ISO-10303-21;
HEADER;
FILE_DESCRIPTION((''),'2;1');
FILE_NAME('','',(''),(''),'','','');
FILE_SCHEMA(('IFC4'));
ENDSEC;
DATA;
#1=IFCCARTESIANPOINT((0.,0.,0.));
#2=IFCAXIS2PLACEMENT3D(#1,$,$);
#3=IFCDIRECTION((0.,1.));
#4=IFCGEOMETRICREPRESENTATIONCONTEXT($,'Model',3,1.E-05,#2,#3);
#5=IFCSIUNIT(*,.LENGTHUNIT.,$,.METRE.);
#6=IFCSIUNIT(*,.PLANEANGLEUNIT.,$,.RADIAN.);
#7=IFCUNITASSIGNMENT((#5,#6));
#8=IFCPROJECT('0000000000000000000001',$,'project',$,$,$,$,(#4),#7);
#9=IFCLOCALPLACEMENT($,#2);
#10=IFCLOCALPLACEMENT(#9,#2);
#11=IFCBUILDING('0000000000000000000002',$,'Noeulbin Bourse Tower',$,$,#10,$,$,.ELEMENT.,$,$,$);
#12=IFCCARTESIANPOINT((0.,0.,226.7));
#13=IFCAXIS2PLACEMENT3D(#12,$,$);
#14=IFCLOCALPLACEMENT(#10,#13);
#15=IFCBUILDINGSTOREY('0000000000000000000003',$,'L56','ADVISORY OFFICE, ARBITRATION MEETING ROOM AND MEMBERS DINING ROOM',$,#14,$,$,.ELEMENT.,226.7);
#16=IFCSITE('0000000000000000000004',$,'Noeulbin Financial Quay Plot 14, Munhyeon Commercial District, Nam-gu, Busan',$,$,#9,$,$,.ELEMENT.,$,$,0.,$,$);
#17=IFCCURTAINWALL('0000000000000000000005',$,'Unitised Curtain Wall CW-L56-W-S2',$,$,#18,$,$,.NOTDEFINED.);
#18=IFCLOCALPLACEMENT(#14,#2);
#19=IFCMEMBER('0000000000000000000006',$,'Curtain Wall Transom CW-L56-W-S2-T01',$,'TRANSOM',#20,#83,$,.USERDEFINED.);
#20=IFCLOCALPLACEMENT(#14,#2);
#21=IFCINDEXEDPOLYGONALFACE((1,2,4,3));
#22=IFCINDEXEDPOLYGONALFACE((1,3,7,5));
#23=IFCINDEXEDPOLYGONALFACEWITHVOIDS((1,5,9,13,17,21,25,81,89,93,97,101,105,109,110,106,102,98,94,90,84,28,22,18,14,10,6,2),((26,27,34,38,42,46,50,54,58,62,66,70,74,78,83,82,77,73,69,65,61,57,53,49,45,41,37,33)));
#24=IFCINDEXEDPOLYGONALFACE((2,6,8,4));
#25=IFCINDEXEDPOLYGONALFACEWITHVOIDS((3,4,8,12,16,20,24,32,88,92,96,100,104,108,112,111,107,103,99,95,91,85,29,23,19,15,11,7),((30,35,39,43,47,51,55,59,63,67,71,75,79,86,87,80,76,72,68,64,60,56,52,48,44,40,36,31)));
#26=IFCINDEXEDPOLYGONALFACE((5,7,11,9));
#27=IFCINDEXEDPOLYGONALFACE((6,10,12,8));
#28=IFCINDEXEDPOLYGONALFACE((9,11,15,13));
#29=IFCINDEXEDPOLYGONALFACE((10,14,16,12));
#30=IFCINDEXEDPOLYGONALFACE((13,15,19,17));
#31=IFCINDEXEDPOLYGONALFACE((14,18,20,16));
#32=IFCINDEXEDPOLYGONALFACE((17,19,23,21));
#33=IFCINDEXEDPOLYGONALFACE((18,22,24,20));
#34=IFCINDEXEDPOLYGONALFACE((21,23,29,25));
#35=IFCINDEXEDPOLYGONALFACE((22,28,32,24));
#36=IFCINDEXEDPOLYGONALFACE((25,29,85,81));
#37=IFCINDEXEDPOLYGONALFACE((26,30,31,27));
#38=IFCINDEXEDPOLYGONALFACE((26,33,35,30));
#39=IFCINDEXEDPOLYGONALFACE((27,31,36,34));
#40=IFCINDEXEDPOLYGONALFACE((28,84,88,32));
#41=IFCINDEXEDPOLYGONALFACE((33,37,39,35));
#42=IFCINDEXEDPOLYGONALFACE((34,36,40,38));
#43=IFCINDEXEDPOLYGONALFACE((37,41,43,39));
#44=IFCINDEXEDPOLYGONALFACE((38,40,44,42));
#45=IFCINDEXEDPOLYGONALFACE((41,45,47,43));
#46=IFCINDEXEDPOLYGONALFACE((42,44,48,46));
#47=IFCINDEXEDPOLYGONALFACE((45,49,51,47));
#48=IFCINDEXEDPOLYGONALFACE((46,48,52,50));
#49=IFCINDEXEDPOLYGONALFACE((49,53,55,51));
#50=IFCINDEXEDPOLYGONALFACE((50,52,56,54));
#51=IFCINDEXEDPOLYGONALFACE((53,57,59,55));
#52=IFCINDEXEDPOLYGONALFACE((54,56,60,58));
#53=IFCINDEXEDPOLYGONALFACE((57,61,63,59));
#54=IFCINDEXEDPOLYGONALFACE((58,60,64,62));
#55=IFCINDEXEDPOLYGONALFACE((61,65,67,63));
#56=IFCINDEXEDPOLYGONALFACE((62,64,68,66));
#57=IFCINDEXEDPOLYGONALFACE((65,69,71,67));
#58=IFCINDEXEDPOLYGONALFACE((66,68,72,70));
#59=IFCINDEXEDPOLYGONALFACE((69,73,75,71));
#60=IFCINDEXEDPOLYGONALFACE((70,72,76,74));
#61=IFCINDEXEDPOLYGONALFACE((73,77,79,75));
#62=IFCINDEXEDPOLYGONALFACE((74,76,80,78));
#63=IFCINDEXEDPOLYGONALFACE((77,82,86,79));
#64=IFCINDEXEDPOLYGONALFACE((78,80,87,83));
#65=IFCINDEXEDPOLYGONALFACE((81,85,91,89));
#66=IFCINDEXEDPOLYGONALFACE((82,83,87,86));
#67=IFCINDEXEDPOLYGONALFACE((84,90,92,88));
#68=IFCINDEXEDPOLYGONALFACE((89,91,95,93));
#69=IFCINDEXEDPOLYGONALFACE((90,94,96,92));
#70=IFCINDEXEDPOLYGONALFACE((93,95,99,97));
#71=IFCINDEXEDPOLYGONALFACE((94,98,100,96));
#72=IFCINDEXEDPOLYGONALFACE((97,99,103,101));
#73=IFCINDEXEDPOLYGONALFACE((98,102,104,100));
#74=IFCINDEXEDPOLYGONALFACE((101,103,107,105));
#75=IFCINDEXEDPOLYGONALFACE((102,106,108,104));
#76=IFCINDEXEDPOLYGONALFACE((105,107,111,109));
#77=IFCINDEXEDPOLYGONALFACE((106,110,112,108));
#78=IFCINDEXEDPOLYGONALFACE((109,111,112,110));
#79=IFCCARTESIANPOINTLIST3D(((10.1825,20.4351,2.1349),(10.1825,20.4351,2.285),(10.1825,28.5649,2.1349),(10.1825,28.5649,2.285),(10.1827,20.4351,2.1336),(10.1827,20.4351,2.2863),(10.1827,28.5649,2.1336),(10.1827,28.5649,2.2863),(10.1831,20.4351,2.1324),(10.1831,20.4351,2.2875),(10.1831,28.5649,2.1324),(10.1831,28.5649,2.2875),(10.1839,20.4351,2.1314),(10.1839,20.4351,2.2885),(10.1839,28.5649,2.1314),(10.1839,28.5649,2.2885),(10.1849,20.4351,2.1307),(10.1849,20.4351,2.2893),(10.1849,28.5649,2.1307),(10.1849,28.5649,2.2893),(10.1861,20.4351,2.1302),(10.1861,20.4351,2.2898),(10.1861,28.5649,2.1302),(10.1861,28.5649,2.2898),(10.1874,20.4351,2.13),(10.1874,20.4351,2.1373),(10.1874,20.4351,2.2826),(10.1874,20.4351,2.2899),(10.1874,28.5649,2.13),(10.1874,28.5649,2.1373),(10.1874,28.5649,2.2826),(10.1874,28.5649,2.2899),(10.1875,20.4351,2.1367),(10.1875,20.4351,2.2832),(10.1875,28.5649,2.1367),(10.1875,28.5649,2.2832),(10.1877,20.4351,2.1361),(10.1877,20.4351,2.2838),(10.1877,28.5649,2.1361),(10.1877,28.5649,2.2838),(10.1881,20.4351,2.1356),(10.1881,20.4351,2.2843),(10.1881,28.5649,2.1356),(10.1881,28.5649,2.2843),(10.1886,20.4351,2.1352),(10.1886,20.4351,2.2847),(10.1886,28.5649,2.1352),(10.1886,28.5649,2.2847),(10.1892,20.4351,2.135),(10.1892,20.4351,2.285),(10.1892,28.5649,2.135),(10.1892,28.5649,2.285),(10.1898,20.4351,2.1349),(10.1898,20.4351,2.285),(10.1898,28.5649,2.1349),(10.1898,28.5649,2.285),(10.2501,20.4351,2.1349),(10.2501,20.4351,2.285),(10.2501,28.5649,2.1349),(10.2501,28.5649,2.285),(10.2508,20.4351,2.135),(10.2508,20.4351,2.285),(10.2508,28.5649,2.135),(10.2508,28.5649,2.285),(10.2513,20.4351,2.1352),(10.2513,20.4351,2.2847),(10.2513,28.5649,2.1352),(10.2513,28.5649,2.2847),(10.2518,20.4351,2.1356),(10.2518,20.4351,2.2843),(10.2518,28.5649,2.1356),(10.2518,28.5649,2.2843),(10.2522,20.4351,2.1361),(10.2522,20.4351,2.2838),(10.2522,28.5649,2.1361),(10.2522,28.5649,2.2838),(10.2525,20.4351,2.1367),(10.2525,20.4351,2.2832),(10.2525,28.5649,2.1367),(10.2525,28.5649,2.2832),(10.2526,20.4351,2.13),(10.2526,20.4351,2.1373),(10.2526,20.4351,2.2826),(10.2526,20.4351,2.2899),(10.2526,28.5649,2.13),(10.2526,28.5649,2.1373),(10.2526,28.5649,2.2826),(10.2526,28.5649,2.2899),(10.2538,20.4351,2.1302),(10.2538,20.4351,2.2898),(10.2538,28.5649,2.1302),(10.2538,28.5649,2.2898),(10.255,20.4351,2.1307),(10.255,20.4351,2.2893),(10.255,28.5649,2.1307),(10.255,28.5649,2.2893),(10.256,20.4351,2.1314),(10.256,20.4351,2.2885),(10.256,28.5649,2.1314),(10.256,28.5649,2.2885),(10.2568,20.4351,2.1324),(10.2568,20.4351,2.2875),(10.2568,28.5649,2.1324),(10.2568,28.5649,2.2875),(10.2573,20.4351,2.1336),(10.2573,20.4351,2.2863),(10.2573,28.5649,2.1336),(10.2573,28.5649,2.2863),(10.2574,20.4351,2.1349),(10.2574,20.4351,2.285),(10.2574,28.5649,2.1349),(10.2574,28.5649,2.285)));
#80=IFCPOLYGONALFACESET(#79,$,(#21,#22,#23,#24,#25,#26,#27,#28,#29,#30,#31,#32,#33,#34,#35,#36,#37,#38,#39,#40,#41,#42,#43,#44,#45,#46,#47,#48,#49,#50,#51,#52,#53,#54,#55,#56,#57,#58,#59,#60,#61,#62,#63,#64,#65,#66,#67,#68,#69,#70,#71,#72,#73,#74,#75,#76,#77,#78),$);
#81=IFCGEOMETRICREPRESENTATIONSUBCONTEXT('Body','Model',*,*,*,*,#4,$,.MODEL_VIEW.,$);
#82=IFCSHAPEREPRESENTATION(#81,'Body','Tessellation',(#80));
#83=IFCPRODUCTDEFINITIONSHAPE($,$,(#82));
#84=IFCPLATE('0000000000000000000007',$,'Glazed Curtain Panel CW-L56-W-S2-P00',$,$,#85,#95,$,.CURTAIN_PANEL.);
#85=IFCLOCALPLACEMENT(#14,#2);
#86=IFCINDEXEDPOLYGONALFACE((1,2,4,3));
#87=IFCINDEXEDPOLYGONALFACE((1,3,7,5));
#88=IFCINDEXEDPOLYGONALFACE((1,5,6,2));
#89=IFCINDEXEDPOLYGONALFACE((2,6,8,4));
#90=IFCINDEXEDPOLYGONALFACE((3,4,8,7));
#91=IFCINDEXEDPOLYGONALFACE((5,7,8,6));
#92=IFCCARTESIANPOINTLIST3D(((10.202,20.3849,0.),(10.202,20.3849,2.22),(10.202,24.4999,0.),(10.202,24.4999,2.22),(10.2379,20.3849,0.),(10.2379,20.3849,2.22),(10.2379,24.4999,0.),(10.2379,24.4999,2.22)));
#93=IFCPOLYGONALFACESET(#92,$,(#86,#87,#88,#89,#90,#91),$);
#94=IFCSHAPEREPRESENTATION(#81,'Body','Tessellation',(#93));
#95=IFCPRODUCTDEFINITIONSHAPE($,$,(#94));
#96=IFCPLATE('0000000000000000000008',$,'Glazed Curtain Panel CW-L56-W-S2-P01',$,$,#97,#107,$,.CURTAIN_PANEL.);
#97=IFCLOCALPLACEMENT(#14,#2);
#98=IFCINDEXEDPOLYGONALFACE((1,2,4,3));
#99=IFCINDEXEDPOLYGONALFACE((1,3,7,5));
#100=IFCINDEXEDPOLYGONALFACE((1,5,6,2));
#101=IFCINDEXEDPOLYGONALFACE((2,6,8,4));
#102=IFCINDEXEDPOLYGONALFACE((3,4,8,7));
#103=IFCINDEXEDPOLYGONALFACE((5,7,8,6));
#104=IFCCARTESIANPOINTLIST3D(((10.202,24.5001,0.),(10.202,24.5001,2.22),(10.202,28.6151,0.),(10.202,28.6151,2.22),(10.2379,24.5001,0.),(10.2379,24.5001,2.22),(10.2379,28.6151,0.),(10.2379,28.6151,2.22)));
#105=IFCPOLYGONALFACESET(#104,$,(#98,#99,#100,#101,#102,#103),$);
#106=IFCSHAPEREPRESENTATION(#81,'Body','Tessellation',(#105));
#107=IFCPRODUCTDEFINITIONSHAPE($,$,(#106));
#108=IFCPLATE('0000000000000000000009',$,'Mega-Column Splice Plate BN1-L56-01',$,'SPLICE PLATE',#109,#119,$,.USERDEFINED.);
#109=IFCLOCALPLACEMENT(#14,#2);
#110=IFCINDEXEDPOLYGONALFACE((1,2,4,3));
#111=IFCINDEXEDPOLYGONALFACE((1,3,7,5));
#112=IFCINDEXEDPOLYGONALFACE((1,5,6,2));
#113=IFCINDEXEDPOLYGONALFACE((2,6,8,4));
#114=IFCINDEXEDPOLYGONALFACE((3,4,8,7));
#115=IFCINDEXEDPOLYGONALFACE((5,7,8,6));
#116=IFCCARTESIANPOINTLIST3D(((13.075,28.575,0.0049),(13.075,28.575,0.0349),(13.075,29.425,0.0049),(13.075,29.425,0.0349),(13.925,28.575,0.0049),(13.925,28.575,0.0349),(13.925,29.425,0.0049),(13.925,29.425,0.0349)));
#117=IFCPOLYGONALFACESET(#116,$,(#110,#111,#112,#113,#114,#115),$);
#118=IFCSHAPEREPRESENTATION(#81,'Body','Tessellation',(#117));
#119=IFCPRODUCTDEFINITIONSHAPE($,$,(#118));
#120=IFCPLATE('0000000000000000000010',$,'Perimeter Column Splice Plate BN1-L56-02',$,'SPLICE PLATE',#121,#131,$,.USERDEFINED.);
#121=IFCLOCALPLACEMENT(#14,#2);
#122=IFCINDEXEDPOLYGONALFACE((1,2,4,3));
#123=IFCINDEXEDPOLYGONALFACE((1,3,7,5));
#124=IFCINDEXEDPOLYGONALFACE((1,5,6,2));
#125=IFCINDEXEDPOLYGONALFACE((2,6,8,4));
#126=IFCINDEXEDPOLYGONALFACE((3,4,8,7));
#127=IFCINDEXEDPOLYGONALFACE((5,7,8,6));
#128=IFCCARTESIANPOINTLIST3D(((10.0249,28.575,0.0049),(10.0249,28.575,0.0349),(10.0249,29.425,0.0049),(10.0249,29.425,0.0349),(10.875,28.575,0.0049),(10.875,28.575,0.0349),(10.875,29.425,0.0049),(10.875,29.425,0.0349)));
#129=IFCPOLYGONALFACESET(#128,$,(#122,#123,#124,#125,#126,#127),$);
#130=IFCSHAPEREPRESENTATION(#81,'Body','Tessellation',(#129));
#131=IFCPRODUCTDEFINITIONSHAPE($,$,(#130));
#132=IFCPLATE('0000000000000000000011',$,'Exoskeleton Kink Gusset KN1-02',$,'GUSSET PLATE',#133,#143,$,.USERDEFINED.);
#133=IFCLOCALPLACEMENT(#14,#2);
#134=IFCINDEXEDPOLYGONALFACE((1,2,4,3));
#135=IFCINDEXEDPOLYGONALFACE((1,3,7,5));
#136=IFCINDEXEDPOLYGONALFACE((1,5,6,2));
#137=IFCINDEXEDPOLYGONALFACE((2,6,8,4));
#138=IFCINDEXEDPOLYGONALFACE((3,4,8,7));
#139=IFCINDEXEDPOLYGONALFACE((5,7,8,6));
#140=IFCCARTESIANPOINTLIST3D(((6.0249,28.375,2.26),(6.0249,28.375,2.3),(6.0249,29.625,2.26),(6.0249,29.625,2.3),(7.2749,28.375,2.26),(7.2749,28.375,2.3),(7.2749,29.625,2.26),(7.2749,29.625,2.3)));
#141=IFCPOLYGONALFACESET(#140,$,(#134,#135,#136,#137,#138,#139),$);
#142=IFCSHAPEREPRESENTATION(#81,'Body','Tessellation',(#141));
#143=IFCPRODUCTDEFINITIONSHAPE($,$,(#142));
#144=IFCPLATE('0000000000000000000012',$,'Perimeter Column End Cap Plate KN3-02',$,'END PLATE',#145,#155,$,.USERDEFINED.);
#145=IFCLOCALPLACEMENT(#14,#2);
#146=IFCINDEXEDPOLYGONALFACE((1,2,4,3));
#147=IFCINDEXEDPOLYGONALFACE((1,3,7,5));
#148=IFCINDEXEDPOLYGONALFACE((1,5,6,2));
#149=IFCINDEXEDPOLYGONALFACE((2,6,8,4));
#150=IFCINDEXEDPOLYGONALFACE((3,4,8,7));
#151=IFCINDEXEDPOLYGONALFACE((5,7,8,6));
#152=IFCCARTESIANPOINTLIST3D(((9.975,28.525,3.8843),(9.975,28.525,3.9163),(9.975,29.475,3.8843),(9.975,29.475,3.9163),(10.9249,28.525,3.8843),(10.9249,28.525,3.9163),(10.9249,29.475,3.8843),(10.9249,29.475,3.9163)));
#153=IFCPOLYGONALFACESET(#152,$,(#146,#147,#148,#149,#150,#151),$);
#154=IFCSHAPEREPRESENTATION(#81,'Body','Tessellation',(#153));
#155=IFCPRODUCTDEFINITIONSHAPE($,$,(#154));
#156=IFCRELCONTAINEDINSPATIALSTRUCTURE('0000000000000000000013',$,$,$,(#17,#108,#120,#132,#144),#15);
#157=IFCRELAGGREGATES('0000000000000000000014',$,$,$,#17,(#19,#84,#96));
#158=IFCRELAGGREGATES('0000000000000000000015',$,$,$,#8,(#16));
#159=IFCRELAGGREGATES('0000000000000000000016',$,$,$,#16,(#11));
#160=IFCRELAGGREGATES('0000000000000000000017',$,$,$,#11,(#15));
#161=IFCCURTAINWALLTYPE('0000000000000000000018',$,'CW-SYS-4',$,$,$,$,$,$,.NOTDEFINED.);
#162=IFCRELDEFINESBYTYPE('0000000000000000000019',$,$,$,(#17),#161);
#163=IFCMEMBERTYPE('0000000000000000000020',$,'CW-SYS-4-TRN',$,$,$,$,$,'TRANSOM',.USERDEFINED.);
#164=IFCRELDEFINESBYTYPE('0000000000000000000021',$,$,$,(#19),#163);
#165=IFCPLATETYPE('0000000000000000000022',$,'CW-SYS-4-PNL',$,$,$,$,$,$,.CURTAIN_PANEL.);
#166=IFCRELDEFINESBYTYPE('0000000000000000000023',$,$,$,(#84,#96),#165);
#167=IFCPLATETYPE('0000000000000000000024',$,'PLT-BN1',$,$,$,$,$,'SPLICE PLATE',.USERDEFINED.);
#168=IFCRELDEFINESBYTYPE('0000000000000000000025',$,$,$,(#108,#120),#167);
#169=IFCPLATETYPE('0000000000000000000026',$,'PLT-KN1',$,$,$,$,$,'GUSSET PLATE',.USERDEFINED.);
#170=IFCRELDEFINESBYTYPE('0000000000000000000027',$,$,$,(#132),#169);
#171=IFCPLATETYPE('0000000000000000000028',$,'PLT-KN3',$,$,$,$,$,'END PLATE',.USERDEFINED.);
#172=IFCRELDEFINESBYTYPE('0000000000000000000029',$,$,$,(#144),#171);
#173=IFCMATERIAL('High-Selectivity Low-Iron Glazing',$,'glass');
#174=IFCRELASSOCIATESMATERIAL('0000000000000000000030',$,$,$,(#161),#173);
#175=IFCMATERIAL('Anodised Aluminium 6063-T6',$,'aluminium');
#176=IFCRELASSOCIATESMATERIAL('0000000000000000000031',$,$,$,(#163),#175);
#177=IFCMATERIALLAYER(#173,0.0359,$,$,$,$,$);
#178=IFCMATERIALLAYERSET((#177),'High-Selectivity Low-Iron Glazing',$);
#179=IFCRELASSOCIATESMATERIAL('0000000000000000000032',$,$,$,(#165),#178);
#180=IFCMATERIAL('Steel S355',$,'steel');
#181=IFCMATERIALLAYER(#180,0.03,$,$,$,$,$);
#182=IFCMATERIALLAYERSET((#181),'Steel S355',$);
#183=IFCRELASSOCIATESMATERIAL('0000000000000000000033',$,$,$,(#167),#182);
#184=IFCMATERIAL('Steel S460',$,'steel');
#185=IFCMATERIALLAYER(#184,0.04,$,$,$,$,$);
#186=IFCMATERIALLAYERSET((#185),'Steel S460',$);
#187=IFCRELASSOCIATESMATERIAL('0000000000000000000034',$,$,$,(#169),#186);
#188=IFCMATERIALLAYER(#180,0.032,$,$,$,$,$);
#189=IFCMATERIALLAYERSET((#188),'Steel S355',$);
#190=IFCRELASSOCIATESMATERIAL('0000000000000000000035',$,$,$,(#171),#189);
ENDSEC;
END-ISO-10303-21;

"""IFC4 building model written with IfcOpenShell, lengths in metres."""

from ifc_helpers import new_model, si_unit, direction, frame, origin, origin_2d, place, context, subcontext, project, spatial, rectangle, hollow_rectangle, extrude, material, layer, layer_set, material_profile, profile_set, type_object, element, aggregate, save


model = new_model("IFC4")

# Units and contexts
model_context = context("Model", 3, precision=1e-05, world=origin(), true_north=direction((0.0, 1.0)))
body_context = subcontext(model_context, "Body", "Model", "MODEL_VIEW")
ifc_project = project(units=[si_unit("LENGTHUNIT", "METRE"), si_unit("PLANEANGLEUNIT", "RADIAN")], contexts=[model_context])

# Site, building, storey
site_placement = place(None, origin())
site = spatial("IfcSite", under=ifc_project, at=site_placement, Name="Noeulbin Financial Quay Plot 14, Munhyeon Commercial District, Nam-gu, Busan", CompositionType="ELEMENT", RefElevation=0.0)
building_placement = place(site_placement, origin())
building = spatial("IfcBuilding", under=site, at=building_placement, Name="Noeulbin Bourse Tower", CompositionType="ELEMENT")
storey_placement = place(building_placement, frame((0.0, 0.0, 226.7)))
storey = spatial("IfcBuildingStorey", under=building, at=storey_placement, Name="L56", Description="ADVISORY OFFICE, ARBITRATION MEETING ROOM AND MEMBERS DINING ROOM", CompositionType="ELEMENT", Elevation=226.7)

# Shared definitions
ifc_material_1 = material(Name="Steel S355", Category="steel")

# Shared definitions
ifc_material_2 = material(Name="Steel S460", Category="steel")

# Curtain wall, member, plates
ifc_material_3 = material(Name="High-Selectivity Low-Iron Glazing", Category="glass")
curtain_wall_type = type_object("IfcCurtainWallType", Name="CW-SYS-4", PredefinedType="NOTDEFINED", material=ifc_material_3)
curtain_wall_placement = place(storey_placement, origin())
curtain_wall = element("IfcCurtainWall", 1, at=curtain_wall_placement, inside=storey, type_object=curtain_wall_type, Name="Unitised Curtain Wall CW-L56-W-S2", PredefinedType="NOTDEFINED")
ifc_material_4 = material(Name="Anodised Aluminium 6063-T6", Category="aluminium")
ifc_material_profile_1 = material_profile(ifc_material_4, hollow_rectangle(XDim=0.075, YDim=0.1599, WallThickness=0.0049, InnerFilletRadius=0.0024, OuterFilletRadius=0.0049, at=origin_2d()), Name="ALU-TRAN-75x160x5", Category="LoadBearing")
ifc_profile_set_1 = profile_set([ifc_material_profile_1], Name="Anodised Aluminium 6063-T6")
member_type_1 = type_object("IfcMemberType", Name="CW-SYS-4-TRN", ElementType="TRANSOM", PredefinedType="USERDEFINED", material=ifc_profile_set_1)
member_1_placement = place(storey_placement, frame((10.22, 20.4351, 2.21), z_axis=(0.0, 1.0, 0.0), x_axis=(-1.0, 0.0, 0.0)))
member_1 = element("IfcMember", 2, at=member_1_placement, type_object=member_type_1, Name="Curtain Wall Transom CW-L56-W-S2-T01", ObjectType="TRANSOM", PredefinedType="USERDEFINED", context=body_context, shape_type="SweptSolid", body=[
    extrude(hollow_rectangle(XDim=0.075, YDim=0.1599, WallThickness=0.0049, InnerFilletRadius=0.0024, OuterFilletRadius=0.0049, at=origin_2d()), origin(), (0.0, 0.0, 1.0), 8.1299),
])
ifc_layer_1 = layer(ifc_material_3, 0.0359)
ifc_layer_set_1 = layer_set([ifc_layer_1], Name="High-Selectivity Low-Iron Glazing")
plate_type_1 = type_object("IfcPlateType", Name="CW-SYS-4-PNL", PredefinedType="CURTAIN_PANEL", material=ifc_layer_set_1)
plate_1_placement = place(storey_placement, frame((10.22, 22.4424, 0.0), z_axis=(0.0, 0.0, 1.0), x_axis=(0.0, 1.0, 0.0)))
plate_1 = element("IfcPlate", 3, at=plate_1_placement, type_object=plate_type_1, Name="Glazed Curtain Panel CW-L56-W-S2-P00", PredefinedType="CURTAIN_PANEL", context=body_context, shape_type="SweptSolid", body=[
    extrude(rectangle(XDim=4.115, YDim=0.0359, at=origin_2d()), origin(), (0.0, 0.0, 1.0), 2.22),
])
plate_2_placement = place(storey_placement, frame((10.22, 26.5576, 0.0), z_axis=(0.0, 0.0, 1.0), x_axis=(0.0, 1.0, 0.0)))
plate_2 = element("IfcPlate", 4, at=plate_2_placement, type_object=plate_type_1, Name="Glazed Curtain Panel CW-L56-W-S2-P01", PredefinedType="CURTAIN_PANEL", context=body_context, shape_type="SweptSolid", body=[
    extrude(rectangle(XDim=4.115, YDim=0.0359, at=origin_2d()), origin(), (0.0, 0.0, 1.0), 2.22),
])
aggregate(curtain_wall, [member_1, plate_1, plate_2])

# Plates
ifc_layer_2 = layer(ifc_material_1, 0.03)
ifc_layer_set_2 = layer_set([ifc_layer_2], Name="Steel S355")
plate_type_2 = type_object("IfcPlateType", Name="PLT-BN1", ElementType="SPLICE PLATE", PredefinedType="USERDEFINED", material=ifc_layer_set_2)
for number, where, z_axis, x_axis, name in (
    (5, (13.5, 29.0, 0.0049), (0.0, 0.0, 1.0), (1.0, 0.0, 0.0), "Mega-Column Splice Plate BN1-L56-01"),
    (6, (10.45, 29.0, 0.0049), (0.0, 0.0, 1.0), (1.0, 0.0, 0.0), "Perimeter Column Splice Plate BN1-L56-02"),
):
    element("IfcPlate", number, at=place(storey_placement, frame(where, z_axis=z_axis, x_axis=x_axis)), inside=storey, type_object=plate_type_2, Name=name, ObjectType="SPLICE PLATE", PredefinedType="USERDEFINED", context=body_context, shape_type="SweptSolid", body=[
        extrude(rectangle(XDim=0.8501, YDim=0.8501, at=origin_2d()), origin(), (0.0, 0.0, 1.0), 0.03),
    ])
ifc_layer_3 = layer(ifc_material_2, 0.04)
ifc_layer_set_3 = layer_set([ifc_layer_3], Name="Steel S460")
plate_type_3 = type_object("IfcPlateType", Name="PLT-KN1", ElementType="GUSSET PLATE", PredefinedType="USERDEFINED", material=ifc_layer_set_3)
plate_3_placement = place(storey_placement, frame((6.6499, 29.0, 2.26), z_axis=(0.0, 0.0, 1.0), x_axis=(1.0, 0.0, 0.0)))
element("IfcPlate", 7, at=plate_3_placement, inside=storey, type_object=plate_type_3, Name="Exoskeleton Kink Gusset KN1-02", ObjectType="GUSSET PLATE", PredefinedType="USERDEFINED", context=body_context, shape_type="SweptSolid", body=[
    extrude(rectangle(XDim=1.25, YDim=1.25, at=origin_2d()), origin(), (0.0, 0.0, 1.0), 0.04),
])
ifc_layer_4 = layer(ifc_material_1, 0.032)
ifc_layer_set_4 = layer_set([ifc_layer_4], Name="Steel S355")
plate_type_4 = type_object("IfcPlateType", Name="PLT-KN3", ElementType="END PLATE", PredefinedType="USERDEFINED", material=ifc_layer_set_4)
plate_4_placement = place(storey_placement, frame((10.45, 29.0, 3.8843), z_axis=(0.0, 0.0, 1.0), x_axis=(1.0, 0.0, 0.0)))
element("IfcPlate", 8, at=plate_4_placement, inside=storey, type_object=plate_type_4, Name="Perimeter Column End Cap Plate KN3-02", ObjectType="END PLATE", PredefinedType="USERDEFINED", context=body_context, shape_type="SweptSolid", body=[
    extrude(rectangle(XDim=0.95, YDim=0.95, at=origin_2d()), origin(), (0.0, 0.0, 1.0), 0.032),
])

save(model, "model.ifc")
